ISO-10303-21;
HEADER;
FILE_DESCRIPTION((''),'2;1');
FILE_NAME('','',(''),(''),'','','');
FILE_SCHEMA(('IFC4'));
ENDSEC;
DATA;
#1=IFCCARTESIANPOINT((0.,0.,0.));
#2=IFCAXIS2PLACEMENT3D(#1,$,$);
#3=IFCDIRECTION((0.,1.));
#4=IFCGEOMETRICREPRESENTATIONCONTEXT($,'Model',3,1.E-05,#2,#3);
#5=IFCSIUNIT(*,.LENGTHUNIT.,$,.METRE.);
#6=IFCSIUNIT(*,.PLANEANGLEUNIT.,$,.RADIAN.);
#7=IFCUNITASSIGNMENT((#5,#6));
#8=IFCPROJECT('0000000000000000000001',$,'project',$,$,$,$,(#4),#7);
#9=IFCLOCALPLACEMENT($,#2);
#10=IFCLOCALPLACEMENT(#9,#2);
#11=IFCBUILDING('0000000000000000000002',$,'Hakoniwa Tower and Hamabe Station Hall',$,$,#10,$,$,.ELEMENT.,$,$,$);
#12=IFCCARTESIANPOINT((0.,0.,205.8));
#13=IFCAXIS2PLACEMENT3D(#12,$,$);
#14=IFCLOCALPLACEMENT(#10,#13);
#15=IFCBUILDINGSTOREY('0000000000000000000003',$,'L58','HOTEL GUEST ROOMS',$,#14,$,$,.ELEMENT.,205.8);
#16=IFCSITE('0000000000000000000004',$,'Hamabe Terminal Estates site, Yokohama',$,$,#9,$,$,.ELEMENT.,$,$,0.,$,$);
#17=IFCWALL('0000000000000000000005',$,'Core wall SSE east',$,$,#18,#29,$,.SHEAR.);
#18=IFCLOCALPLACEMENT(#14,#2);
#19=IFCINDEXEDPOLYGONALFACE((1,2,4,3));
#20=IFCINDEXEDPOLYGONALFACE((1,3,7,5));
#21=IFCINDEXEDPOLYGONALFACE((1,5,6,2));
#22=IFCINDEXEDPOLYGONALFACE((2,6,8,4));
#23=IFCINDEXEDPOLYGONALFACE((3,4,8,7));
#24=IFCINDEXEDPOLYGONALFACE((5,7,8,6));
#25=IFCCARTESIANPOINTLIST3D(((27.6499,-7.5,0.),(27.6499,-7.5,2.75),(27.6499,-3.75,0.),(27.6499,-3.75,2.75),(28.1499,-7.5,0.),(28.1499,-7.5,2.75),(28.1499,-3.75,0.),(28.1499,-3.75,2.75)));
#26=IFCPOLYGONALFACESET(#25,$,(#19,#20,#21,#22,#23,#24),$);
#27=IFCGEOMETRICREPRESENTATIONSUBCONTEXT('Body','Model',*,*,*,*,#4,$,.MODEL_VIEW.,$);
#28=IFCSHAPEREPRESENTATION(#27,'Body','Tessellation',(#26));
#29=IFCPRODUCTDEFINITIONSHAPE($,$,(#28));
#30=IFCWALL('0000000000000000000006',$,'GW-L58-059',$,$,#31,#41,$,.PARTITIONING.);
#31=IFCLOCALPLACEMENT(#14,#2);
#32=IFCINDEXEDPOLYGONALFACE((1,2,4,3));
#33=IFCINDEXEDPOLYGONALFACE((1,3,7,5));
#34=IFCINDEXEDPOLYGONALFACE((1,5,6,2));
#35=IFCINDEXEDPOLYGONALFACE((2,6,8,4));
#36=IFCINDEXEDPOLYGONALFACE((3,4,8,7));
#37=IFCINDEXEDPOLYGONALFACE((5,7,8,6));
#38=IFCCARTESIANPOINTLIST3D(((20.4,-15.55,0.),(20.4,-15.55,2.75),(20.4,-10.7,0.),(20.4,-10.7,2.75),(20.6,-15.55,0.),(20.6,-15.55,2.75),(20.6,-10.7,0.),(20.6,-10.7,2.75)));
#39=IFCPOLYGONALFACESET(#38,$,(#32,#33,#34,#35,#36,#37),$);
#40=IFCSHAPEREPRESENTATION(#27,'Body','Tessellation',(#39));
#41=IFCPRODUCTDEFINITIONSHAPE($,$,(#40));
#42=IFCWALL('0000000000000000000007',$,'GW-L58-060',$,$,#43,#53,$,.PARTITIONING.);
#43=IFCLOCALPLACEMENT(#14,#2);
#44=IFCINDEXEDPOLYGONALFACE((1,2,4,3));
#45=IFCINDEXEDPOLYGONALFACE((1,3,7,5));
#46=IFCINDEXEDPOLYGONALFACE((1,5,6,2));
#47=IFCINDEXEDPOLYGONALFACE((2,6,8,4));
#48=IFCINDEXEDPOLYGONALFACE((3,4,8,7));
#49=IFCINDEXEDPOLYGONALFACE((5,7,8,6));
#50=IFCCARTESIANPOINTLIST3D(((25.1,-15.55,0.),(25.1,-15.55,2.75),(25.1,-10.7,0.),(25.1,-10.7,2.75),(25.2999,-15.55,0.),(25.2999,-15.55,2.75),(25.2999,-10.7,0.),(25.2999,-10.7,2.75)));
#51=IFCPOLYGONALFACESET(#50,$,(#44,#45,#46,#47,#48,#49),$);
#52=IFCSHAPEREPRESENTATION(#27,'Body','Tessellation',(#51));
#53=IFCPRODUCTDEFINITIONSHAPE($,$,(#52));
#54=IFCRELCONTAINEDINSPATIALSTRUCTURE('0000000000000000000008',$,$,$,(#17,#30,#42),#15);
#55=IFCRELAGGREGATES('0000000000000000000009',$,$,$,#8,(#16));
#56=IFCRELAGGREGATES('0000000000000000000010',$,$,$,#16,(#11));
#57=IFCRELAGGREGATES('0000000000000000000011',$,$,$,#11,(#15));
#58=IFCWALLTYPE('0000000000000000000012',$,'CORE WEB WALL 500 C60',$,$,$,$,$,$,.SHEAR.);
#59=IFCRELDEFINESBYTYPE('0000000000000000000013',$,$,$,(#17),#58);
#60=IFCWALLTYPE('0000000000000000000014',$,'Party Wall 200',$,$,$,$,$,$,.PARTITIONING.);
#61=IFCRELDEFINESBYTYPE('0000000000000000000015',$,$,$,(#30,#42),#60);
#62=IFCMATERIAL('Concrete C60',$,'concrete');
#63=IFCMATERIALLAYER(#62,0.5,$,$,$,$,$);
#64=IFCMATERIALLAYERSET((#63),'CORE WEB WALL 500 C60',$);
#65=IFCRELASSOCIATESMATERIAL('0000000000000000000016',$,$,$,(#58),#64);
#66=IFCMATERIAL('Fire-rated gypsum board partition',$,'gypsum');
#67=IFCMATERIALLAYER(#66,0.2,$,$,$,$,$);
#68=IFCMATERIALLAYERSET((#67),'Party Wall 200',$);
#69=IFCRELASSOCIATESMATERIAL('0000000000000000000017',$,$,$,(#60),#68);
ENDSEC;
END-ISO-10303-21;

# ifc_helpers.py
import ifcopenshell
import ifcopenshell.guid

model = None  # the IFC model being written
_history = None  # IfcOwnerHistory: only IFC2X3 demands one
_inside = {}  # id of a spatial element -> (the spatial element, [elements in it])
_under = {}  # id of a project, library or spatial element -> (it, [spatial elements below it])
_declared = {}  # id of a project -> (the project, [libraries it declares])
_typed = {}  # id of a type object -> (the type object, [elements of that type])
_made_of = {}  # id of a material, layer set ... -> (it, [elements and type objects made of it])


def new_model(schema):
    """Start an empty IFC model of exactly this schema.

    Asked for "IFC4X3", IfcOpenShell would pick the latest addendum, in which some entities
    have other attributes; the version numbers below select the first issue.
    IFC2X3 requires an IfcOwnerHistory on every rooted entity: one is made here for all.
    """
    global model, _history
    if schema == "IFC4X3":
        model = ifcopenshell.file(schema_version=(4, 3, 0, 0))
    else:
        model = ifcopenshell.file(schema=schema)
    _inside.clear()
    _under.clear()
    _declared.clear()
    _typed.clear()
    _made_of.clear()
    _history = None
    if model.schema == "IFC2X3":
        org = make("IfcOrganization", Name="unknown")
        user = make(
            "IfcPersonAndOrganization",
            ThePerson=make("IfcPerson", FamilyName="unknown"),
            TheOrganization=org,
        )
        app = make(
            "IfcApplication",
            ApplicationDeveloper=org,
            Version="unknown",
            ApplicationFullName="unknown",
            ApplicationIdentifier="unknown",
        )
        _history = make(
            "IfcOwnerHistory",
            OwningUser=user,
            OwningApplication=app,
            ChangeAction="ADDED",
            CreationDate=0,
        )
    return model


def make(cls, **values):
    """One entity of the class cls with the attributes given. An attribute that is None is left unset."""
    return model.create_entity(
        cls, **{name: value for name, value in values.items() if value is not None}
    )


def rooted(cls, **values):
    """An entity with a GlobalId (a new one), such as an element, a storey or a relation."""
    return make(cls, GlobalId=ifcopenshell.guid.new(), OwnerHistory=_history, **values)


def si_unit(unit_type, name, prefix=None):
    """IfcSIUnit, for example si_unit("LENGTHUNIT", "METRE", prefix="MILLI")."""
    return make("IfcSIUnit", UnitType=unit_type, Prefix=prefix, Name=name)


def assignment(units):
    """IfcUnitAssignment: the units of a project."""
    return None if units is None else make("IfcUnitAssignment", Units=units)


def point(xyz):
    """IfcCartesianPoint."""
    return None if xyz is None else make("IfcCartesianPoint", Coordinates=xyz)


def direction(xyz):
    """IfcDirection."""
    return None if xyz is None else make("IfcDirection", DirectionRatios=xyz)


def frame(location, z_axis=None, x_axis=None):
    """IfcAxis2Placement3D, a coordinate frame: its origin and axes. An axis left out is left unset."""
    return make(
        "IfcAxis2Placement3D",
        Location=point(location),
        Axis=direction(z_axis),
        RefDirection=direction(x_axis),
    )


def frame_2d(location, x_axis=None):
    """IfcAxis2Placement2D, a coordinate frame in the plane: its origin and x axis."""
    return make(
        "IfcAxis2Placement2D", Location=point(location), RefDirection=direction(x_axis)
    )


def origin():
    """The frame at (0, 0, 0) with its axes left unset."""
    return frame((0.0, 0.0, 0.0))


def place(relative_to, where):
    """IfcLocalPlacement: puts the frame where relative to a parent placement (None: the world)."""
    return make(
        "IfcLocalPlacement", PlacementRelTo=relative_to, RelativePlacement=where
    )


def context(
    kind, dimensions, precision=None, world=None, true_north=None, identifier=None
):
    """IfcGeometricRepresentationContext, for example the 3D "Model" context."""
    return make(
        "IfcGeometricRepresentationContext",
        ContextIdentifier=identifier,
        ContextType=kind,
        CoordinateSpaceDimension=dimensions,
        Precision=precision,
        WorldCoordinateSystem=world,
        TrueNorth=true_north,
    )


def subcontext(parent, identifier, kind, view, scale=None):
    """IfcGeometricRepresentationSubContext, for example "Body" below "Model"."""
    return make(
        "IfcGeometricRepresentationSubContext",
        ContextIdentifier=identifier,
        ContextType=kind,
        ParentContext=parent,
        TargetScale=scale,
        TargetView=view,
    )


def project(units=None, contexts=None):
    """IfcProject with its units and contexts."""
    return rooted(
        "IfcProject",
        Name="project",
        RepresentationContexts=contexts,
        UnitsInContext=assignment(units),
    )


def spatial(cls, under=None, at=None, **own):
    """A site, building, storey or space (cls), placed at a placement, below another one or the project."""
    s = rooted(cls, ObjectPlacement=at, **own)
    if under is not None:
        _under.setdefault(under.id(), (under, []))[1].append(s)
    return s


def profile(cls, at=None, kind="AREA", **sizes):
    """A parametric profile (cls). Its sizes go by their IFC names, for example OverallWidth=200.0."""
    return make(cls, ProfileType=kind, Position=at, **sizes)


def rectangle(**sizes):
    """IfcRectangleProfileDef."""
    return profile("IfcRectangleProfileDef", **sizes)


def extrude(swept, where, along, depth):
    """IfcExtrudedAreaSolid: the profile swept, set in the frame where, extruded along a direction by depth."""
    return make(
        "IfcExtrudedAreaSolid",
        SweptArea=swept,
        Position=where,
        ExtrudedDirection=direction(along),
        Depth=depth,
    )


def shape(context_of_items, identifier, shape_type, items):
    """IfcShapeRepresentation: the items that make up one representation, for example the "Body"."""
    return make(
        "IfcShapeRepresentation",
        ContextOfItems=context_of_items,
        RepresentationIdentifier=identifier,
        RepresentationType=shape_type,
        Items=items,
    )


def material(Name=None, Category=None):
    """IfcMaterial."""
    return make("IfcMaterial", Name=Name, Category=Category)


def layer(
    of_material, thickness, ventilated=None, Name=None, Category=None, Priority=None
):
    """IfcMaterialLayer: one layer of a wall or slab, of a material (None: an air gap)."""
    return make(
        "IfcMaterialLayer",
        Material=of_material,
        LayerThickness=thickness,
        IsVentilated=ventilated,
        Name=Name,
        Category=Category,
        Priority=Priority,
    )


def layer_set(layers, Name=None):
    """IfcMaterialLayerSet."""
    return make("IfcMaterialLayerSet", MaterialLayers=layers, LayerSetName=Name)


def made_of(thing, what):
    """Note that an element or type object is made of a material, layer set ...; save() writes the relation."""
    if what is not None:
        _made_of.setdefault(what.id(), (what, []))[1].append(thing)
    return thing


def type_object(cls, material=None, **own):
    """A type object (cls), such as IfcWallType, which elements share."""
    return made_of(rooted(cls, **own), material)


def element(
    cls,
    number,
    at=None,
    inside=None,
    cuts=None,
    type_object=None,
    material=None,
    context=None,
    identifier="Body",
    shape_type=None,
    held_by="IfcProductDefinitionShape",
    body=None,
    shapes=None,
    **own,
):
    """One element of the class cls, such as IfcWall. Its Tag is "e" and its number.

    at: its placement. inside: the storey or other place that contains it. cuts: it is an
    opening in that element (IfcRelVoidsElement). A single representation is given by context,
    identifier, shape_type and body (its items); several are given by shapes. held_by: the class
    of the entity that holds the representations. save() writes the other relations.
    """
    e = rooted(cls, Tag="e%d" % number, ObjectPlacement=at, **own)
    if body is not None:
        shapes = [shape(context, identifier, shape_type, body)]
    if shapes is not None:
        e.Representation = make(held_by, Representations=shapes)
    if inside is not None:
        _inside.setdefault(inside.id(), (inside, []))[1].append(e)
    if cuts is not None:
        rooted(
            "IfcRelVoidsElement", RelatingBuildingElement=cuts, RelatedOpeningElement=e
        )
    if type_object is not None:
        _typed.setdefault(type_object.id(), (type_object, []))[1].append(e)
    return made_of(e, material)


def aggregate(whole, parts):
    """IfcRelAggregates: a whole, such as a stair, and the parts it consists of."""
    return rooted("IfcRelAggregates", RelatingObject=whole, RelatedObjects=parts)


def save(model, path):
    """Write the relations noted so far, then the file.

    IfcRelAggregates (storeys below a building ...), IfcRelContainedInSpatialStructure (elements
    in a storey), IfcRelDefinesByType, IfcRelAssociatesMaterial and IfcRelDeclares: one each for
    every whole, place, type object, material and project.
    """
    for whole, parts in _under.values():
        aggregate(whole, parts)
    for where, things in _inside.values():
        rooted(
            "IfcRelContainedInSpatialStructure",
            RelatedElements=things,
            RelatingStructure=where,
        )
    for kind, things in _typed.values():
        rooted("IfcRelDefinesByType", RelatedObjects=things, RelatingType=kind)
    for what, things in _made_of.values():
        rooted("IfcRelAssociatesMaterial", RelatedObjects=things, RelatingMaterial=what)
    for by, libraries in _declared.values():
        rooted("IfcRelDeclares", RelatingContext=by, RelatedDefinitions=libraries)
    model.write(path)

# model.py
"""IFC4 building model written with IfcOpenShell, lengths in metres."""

from ifc_helpers import new_model, si_unit, direction, frame, frame_2d, origin, place, context, subcontext, project, spatial, rectangle, extrude, material, layer, layer_set, type_object, element, save


model = new_model("IFC4")

# Units and contexts
model_context = context("Model", 3, precision=1e-05, world=origin(), true_north=direction((0.0, 1.0)))
body_context = subcontext(model_context, "Body", "Model", "MODEL_VIEW")
ifc_project = project(units=[si_unit("LENGTHUNIT", "METRE"), si_unit("PLANEANGLEUNIT", "RADIAN")], contexts=[model_context])

# Site, building, storey
site_placement = place(None, origin())
site = spatial("IfcSite", under=ifc_project, at=site_placement, Name="Hamabe Terminal Estates site, Yokohama", CompositionType="ELEMENT", RefElevation=0.0)
building_placement = place(site_placement, origin())
building = spatial("IfcBuilding", under=site, at=building_placement, Name="Hakoniwa Tower and Hamabe Station Hall", CompositionType="ELEMENT")
storey_placement = place(building_placement, frame((0.0, 0.0, 205.8)))
storey = spatial("IfcBuildingStorey", under=building, at=storey_placement, Name="L58", Description="HOTEL GUEST ROOMS", CompositionType="ELEMENT", Elevation=205.8)

# Walls
ifc_material_1 = material(Name="Concrete C60", Category="concrete")
ifc_layer_1 = layer(ifc_material_1, 0.5)
ifc_layer_set_1 = layer_set([ifc_layer_1], Name="CORE WEB WALL 500 C60")
wall_type_1 = type_object("IfcWallType", Name="CORE WEB WALL 500 C60", PredefinedType="SHEAR", material=ifc_layer_set_1)
wall_1_placement = place(storey_placement, frame((27.8999, -7.5, 0.0), z_axis=(0.0, 0.0, 1.0), x_axis=(0.0, 1.0, 0.0)))
element("IfcWall", 1, at=wall_1_placement, inside=storey, type_object=wall_type_1, Name="Core wall SSE east", PredefinedType="SHEAR", context=body_context, shape_type="SweptSolid", body=[
    extrude(rectangle(XDim=3.75, YDim=0.5, at=frame_2d((1.875, 0.0))), origin(), (0.0, 0.0, 1.0), 2.75),
])
ifc_material_2 = material(Name="Fire-rated gypsum board partition", Category="gypsum")
ifc_layer_2 = layer(ifc_material_2, 0.2)
ifc_layer_set_2 = layer_set([ifc_layer_2], Name="Party Wall 200")
wall_type_2 = type_object("IfcWallType", Name="Party Wall 200", PredefinedType="PARTITIONING", material=ifc_layer_set_2)
for number, where, z_axis, x_axis, name in (
    (2, (20.5, -15.55, 0.0), (0.0, 0.0, 1.0), (0.0, 1.0, 0.0), "GW-L58-059"),
    (3, (25.2, -15.55, 0.0), (0.0, 0.0, 1.0), (0.0, 1.0, 0.0), "GW-L58-060"),
):
    element("IfcWall", number, at=place(storey_placement, frame(where, z_axis=z_axis, x_axis=x_axis)), inside=storey, type_object=wall_type_2, Name=name, PredefinedType="PARTITIONING", context=body_context, shape_type="SweptSolid", body=[
        extrude(rectangle(XDim=4.8501, YDim=0.2, at=frame_2d((2.425, 0.0))), origin(), (0.0, 0.0, 1.0), 2.75),
    ])

save(model, "model.ifc")
